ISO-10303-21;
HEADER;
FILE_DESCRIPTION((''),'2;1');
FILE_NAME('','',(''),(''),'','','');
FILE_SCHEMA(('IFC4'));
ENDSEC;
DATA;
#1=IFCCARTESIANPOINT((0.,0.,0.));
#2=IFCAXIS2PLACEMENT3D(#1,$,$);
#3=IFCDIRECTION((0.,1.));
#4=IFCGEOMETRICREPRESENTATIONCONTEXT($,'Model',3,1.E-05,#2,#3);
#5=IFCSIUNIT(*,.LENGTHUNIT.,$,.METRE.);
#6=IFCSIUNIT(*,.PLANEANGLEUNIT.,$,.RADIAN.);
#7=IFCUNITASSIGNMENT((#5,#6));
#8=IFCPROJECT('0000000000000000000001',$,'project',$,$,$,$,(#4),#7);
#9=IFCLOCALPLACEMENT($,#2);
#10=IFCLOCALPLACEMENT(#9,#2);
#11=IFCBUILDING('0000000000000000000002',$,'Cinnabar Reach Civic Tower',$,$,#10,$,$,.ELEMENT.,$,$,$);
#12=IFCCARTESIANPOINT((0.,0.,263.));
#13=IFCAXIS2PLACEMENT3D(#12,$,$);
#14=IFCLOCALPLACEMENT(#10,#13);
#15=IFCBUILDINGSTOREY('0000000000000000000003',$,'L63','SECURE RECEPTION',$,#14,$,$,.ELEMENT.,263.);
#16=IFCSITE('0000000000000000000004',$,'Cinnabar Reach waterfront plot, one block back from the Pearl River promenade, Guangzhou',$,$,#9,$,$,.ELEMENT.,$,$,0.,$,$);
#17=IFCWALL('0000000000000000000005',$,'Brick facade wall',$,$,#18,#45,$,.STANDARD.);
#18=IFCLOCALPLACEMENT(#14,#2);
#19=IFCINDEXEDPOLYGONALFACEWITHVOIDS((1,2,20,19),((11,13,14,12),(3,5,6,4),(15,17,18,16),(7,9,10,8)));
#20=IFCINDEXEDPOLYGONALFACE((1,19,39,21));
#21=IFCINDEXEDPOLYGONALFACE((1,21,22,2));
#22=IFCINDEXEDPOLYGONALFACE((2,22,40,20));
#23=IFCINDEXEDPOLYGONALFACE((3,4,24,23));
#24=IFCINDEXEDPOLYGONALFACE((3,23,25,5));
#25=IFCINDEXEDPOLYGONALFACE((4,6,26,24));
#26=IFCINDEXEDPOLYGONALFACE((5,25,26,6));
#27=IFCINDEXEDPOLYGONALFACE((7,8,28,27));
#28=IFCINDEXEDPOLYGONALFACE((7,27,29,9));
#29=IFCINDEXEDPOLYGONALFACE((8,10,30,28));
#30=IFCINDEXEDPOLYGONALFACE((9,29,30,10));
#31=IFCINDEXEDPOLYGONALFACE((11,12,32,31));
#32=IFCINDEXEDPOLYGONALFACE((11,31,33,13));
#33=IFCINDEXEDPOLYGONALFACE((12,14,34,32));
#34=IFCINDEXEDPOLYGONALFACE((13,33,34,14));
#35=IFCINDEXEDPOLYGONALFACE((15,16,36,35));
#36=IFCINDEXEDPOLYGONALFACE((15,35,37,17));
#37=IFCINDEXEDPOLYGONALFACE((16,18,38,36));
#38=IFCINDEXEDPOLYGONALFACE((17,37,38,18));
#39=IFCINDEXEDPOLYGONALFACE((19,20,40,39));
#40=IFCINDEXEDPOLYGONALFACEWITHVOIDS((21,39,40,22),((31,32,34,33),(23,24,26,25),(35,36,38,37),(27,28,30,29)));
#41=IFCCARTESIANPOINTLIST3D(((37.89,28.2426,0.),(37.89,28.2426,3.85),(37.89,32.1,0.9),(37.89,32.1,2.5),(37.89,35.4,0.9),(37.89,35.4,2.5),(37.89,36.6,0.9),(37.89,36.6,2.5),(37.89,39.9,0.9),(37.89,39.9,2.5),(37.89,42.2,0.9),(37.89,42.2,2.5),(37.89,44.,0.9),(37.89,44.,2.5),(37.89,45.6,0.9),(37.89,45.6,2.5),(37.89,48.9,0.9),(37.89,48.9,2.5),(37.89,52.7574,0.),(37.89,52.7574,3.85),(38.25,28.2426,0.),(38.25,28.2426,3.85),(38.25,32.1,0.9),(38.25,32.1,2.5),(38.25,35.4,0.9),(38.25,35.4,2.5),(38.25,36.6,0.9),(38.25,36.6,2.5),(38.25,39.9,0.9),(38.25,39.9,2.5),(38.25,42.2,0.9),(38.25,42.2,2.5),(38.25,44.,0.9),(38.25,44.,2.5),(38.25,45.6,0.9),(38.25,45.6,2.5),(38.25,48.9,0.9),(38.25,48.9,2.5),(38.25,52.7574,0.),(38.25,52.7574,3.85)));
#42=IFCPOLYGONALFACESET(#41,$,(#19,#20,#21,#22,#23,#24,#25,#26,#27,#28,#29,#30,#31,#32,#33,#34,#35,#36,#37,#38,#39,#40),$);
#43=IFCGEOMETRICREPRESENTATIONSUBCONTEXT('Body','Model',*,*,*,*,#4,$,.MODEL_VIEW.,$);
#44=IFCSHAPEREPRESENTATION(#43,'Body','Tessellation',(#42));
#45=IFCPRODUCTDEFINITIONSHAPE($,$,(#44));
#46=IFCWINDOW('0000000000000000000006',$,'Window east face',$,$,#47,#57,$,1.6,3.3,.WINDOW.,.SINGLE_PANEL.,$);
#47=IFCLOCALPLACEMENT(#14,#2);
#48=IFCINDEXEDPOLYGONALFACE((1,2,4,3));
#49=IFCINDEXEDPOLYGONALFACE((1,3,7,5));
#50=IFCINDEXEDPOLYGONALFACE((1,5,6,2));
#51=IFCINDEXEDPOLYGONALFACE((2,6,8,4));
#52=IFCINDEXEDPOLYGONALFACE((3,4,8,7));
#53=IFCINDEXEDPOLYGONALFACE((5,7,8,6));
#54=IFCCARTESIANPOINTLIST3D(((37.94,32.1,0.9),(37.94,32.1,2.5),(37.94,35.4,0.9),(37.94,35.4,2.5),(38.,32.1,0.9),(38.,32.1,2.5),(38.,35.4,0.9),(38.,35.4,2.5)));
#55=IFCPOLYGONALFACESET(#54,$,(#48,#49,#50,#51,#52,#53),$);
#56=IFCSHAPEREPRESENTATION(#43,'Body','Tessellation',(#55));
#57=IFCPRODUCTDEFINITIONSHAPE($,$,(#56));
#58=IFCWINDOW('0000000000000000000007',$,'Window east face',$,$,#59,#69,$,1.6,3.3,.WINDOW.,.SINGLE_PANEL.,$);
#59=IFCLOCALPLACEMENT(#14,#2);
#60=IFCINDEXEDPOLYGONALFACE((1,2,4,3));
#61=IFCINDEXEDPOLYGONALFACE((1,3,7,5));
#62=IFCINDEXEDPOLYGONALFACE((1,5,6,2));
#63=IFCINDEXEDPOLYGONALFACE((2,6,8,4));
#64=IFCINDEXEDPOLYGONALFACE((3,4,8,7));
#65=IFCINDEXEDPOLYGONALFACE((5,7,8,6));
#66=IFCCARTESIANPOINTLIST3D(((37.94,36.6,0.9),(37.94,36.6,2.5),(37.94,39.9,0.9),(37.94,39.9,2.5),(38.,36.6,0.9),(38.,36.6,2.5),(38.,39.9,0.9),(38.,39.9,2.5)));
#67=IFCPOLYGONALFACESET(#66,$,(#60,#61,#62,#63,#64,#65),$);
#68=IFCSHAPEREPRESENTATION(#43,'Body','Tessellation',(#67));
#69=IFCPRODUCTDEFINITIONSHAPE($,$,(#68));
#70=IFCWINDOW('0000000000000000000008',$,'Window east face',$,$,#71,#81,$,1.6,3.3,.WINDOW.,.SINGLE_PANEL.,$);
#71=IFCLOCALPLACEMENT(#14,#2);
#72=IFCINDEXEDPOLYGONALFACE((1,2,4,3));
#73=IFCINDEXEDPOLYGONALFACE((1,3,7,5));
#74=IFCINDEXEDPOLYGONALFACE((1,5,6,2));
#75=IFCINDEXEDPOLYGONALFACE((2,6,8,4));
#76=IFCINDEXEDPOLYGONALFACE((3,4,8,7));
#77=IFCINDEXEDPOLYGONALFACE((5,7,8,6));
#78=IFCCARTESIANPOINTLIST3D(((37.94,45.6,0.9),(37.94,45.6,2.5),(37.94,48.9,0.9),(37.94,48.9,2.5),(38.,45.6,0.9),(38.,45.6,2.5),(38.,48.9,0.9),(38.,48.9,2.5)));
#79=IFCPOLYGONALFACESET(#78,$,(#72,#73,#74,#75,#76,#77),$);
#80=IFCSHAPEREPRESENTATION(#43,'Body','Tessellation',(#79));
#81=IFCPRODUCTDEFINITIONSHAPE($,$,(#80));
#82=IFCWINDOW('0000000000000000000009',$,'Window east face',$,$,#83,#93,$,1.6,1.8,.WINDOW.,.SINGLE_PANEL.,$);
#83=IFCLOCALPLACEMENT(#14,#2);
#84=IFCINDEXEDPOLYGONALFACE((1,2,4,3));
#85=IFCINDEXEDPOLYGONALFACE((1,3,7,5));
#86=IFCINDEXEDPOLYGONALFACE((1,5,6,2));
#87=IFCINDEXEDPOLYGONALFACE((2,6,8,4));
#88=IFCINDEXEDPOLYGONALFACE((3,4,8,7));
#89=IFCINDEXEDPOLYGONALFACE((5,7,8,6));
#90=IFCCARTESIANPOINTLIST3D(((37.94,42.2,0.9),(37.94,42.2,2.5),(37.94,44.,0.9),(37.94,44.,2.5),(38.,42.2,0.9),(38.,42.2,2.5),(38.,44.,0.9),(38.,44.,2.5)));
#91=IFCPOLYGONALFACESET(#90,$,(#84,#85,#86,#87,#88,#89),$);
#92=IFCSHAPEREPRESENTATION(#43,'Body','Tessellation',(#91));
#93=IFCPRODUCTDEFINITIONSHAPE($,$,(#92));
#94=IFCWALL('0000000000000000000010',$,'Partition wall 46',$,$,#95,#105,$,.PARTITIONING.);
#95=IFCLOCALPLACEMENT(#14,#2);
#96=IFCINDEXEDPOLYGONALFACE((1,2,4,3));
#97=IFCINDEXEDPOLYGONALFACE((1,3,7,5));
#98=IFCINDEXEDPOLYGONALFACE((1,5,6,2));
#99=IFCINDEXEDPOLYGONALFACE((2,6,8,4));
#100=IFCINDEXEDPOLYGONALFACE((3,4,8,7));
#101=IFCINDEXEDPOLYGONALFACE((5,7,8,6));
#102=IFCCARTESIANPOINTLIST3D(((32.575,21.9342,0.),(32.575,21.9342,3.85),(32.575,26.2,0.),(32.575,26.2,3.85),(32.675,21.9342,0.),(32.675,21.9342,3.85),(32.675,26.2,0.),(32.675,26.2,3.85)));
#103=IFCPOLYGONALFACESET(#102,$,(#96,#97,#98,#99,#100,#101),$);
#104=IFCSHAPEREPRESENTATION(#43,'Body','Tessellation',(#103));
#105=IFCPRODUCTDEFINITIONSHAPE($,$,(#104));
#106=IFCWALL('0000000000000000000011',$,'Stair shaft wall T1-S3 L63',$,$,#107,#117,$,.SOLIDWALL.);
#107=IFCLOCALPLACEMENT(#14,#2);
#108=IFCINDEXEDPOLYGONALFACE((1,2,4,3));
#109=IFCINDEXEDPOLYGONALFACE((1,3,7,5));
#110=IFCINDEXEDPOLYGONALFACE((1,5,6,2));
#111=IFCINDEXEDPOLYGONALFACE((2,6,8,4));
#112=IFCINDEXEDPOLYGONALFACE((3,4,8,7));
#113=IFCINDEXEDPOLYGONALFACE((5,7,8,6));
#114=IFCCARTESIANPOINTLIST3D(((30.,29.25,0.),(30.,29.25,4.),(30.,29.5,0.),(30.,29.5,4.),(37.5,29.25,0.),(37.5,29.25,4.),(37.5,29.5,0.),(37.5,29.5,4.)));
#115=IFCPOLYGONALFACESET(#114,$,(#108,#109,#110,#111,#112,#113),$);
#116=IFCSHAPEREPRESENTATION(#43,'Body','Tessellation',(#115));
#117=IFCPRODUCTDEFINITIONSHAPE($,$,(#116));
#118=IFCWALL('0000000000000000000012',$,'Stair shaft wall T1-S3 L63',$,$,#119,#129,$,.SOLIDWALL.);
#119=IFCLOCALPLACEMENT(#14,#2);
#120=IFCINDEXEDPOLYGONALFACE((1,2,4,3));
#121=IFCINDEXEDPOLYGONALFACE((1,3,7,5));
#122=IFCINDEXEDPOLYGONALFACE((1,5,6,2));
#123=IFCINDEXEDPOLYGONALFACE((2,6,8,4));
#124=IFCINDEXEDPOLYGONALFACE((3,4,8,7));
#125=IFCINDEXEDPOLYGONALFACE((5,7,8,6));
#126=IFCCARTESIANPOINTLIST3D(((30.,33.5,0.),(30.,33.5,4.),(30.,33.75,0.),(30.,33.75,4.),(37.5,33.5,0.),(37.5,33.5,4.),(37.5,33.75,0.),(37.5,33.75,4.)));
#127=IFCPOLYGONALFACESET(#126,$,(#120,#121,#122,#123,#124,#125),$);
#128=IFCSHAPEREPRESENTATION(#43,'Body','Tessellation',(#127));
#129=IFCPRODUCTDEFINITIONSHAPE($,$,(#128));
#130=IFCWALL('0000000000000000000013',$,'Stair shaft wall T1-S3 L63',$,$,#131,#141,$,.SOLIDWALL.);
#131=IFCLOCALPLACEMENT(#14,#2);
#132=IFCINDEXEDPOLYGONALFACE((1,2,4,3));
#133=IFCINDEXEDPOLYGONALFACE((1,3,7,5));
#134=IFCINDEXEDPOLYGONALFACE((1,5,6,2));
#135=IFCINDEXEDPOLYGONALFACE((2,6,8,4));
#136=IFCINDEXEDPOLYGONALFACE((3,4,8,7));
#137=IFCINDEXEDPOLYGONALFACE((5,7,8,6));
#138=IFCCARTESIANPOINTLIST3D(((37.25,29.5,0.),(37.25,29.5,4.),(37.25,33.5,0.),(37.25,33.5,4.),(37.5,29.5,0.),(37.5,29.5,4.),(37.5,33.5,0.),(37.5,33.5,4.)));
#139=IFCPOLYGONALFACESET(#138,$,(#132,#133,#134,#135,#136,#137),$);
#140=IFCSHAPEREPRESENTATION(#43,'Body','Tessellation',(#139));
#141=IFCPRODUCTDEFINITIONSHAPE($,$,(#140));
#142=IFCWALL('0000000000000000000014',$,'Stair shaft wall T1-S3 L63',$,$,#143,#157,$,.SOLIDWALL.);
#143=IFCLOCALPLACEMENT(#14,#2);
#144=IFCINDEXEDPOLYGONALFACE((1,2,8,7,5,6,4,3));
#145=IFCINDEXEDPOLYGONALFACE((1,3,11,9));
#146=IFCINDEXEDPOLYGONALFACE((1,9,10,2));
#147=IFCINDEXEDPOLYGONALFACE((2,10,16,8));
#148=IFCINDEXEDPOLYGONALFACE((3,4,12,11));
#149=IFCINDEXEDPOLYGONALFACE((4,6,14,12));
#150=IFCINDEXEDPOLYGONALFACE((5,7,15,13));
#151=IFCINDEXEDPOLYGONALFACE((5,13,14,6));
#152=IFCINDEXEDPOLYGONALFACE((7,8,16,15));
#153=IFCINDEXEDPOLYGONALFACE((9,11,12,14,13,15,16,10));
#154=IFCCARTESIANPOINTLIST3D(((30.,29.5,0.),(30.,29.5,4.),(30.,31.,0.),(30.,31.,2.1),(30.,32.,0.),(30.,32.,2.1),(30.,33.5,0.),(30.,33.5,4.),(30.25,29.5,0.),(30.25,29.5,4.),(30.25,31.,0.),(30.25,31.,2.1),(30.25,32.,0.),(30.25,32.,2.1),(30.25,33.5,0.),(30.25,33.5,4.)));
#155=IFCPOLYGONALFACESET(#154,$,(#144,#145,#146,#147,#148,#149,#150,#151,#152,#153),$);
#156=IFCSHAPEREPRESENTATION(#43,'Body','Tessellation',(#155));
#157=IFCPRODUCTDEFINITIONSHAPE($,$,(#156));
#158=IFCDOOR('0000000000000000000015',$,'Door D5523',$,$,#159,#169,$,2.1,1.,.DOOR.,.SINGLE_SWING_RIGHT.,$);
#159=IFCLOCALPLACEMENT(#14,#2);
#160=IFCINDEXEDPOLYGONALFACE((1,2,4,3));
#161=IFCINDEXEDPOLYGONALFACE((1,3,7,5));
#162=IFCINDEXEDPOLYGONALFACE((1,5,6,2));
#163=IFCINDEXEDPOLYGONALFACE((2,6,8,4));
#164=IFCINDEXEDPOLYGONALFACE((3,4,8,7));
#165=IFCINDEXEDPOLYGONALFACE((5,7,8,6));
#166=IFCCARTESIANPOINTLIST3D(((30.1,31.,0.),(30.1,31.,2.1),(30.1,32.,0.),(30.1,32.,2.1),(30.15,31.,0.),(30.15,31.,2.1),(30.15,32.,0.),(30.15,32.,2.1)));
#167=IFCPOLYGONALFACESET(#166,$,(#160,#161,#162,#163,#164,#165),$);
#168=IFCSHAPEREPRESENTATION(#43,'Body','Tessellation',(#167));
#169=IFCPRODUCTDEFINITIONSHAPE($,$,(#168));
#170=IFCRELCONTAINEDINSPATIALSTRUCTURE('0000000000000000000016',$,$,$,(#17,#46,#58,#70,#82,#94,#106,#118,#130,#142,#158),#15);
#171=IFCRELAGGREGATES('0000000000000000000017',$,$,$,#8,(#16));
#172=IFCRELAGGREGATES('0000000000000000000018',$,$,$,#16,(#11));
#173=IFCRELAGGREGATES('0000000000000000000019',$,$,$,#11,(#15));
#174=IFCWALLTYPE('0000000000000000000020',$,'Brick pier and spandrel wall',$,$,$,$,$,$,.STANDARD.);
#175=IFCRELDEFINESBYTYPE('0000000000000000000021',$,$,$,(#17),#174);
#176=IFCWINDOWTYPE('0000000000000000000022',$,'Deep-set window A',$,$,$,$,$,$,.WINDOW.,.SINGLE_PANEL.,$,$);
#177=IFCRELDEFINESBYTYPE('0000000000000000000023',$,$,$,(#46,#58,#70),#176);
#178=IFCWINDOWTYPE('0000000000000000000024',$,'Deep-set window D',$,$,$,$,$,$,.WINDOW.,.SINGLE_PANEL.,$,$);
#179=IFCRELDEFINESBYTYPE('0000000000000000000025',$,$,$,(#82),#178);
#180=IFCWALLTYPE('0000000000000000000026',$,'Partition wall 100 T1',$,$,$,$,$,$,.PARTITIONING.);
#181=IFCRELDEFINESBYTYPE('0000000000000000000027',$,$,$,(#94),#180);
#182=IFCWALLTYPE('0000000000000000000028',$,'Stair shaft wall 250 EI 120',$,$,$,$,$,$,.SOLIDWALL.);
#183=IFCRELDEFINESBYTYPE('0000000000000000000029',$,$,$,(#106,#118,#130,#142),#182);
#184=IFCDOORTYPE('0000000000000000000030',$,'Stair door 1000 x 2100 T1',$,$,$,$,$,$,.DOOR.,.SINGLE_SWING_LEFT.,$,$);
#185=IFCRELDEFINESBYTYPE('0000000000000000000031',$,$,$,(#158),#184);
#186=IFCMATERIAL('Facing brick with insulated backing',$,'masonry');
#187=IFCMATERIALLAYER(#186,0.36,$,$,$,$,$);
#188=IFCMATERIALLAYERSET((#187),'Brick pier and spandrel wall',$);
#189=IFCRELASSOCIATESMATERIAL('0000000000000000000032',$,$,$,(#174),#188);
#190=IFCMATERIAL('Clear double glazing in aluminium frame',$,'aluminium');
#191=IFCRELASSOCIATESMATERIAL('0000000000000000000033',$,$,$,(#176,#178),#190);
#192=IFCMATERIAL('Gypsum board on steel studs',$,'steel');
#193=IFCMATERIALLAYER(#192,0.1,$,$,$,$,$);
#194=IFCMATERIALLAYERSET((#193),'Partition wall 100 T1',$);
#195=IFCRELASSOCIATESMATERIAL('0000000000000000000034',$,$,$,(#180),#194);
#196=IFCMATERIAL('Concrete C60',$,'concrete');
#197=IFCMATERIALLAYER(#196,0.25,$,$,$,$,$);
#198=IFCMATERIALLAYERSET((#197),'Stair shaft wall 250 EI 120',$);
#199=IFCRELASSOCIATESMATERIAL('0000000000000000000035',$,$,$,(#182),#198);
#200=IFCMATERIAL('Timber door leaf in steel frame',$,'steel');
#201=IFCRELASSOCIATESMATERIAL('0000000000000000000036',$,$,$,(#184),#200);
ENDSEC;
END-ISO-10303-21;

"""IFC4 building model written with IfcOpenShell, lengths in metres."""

from ifc_helpers import new_model, si_unit, direction, frame, frame_2d, origin, place, context, subcontext, project, spatial, rectangle, extrude, material, layer, layer_set, type_object, element, fill, save


model = new_model("IFC4")

# Units and contexts
model_context = context("Model", 3, precision=1e-05, world=origin(), true_north=direction((0.0, 1.0)))
body_context = subcontext(model_context, "Body", "Model", "MODEL_VIEW")
ifc_project = project(units=[si_unit("LENGTHUNIT", "METRE"), si_unit("PLANEANGLEUNIT", "RADIAN")], contexts=[model_context])

# Site, building, storey
site_placement = place(None, origin())
site = spatial("IfcSite", under=ifc_project, at=site_placement, Name="Cinnabar Reach waterfront plot, one block back from the Pearl River promenade, Guangzhou", CompositionType="ELEMENT", RefElevation=0.0)
building_placement = place(site_placement, origin())
building = spatial("IfcBuilding", under=site, at=building_placement, Name="Cinnabar Reach Civic Tower", CompositionType="ELEMENT")
storey_placement = place(building_placement, frame((0.0, 0.0, 263.0)))
storey = spatial("IfcBuildingStorey", under=building, at=storey_placement, Name="L63", Description="SECURE RECEPTION", CompositionType="ELEMENT", Elevation=263.0)

# Shared definitions
ifc_material_1 = material(Name="Concrete C60", Category="concrete")

# Shared definitions
ifc_material_2 = material(Name="Facing brick with insulated backing", Category="masonry")

# Shared definitions
ifc_layer_1 = layer(ifc_material_2, 0.36)
ifc_layer_set_1 = layer_set([ifc_layer_1], Name="Brick pier and spandrel wall")
wall_type_1 = type_object("IfcWallType", Name="Brick pier and spandrel wall", PredefinedType="STANDARD", material=ifc_layer_set_1)
ifc_material_3 = material(Name="Clear double glazing in aluminium frame", Category="aluminium")
window_type_1 = type_object("IfcWindowType", Name="Deep-set window A", PartitioningType="SINGLE_PANEL", PredefinedType="WINDOW", material=ifc_material_3)

# Wall, openings, windows
wall_1_placement = place(storey_placement, frame((38.07, 28.2426, 0.0), z_axis=(0.0, 0.0, 1.0), x_axis=(0.0, 1.0, 0.0)))
wall_1 = element("IfcWall", 1, at=wall_1_placement, inside=storey, type_object=wall_type_1, Name="Brick facade wall", PredefinedType="STANDARD", context=body_context, shape_type="SweptSolid", body=[
    extrude(rectangle(XDim=24.5148, YDim=0.36, at=frame_2d((12.2574, 0.0))), origin(), (0.0, 0.0, 1.0), 3.85),
])
opening_1_placement = place(wall_1_placement, frame((3.8574, 0.0, 0.9)))
opening_1 = element("IfcOpeningElement", 2, at=opening_1_placement, cuts=wall_1, PredefinedType="OPENING", context=body_context, shape_type="SweptSolid", body=[
    extrude(rectangle(XDim=3.3, YDim=1.6, at=frame_2d((1.65, 0.8))), frame((0.0, 0.19, 0.0), z_axis=(0.0, -1.0, 0.0), x_axis=(1.0, 0.0, 0.0)), (0.0, 0.0, 1.0), 0.38),
])
opening_2_placement = place(wall_1_placement, frame((8.3574, 0.0, 0.9)))
opening_2 = element("IfcOpeningElement", 3, at=opening_2_placement, cuts=wall_1, PredefinedType="OPENING", context=body_context, shape_type="SweptSolid", body=[
    extrude(rectangle(XDim=3.3, YDim=1.6, at=frame_2d((1.65, 0.8))), frame((0.0, 0.19, 0.0), z_axis=(0.0, -1.0, 0.0), x_axis=(1.0, 0.0, 0.0)), (0.0, 0.0, 1.0), 0.38),
])
opening_3_placement = place(wall_1_placement, frame((13.9574, 0.0, 0.9)))
opening_3 = element("IfcOpeningElement", 4, at=opening_3_placement, cuts=wall_1, PredefinedType="OPENING", context=body_context, shape_type="SweptSolid", body=[
    extrude(rectangle(XDim=1.8, YDim=1.6, at=frame_2d((0.9, 0.8))), frame((0.0, 0.19, 0.0), z_axis=(0.0, -1.0, 0.0), x_axis=(1.0, 0.0, 0.0)), (0.0, 0.0, 1.0), 0.38),
])
opening_4_placement = place(wall_1_placement, frame((17.3574, 0.0, 0.9)))
opening_4 = element("IfcOpeningElement", 5, at=opening_4_placement, cuts=wall_1, PredefinedType="OPENING", context=body_context, shape_type="SweptSolid", body=[
    extrude(rectangle(XDim=3.3, YDim=1.6, at=frame_2d((1.65, 0.8))), frame((0.0, 0.19, 0.0), z_axis=(0.0, -1.0, 0.0), x_axis=(1.0, 0.0, 0.0)), (0.0, 0.0, 1.0), 0.38),
])
window_1_placement = place(opening_1_placement, origin())
window_1 = element("IfcWindow", 6, at=window_1_placement, inside=storey, type_object=window_type_1, Name="Window east face", OverallHeight=1.6, OverallWidth=3.3, PartitioningType="SINGLE_PANEL", PredefinedType="WINDOW", context=body_context, shape_type="SweptSolid", body=[
    extrude(rectangle(XDim=3.3, YDim=1.6, at=frame_2d((1.65, 0.8))), frame((0.0, 0.13, 0.0), z_axis=(0.0, -1.0, 0.0), x_axis=(1.0, 0.0, 0.0)), (0.0, 0.0, 1.0), 0.06),
])
fill(opening_1, window_1)
window_2_placement = place(opening_2_placement, origin())
window_2 = element("IfcWindow", 7, at=window_2_placement, inside=storey, type_object=window_type_1, Name="Window east face", OverallHeight=1.6, OverallWidth=3.3, PartitioningType="SINGLE_PANEL", PredefinedType="WINDOW", context=body_context, shape_type="SweptSolid", body=[
    extrude(rectangle(XDim=3.3, YDim=1.6, at=frame_2d((1.65, 0.8))), frame((0.0, 0.13, 0.0), z_axis=(0.0, -1.0, 0.0), x_axis=(1.0, 0.0, 0.0)), (0.0, 0.0, 1.0), 0.06),
])
fill(opening_2, window_2)
window_3_placement = place(opening_4_placement, origin())
window_3 = element("IfcWindow", 8, at=window_3_placement, inside=storey, type_object=window_type_1, Name="Window east face", OverallHeight=1.6, OverallWidth=3.3, PartitioningType="SINGLE_PANEL", PredefinedType="WINDOW", context=body_context, shape_type="SweptSolid", body=[
    extrude(rectangle(XDim=3.3, YDim=1.6, at=frame_2d((1.65, 0.8))), frame((0.0, 0.13, 0.0), z_axis=(0.0, -1.0, 0.0), x_axis=(1.0, 0.0, 0.0)), (0.0, 0.0, 1.0), 0.06),
])
fill(opening_4, window_3)
window_type_2 = type_object("IfcWindowType", Name="Deep-set window D", PartitioningType="SINGLE_PANEL", PredefinedType="WINDOW", material=ifc_material_3)
window_4_placement = place(opening_3_placement, origin())
window_4 = element("IfcWindow", 9, at=window_4_placement, inside=storey, type_object=window_type_2, Name="Window east face", OverallHeight=1.6, OverallWidth=1.8, PartitioningType="SINGLE_PANEL", PredefinedType="WINDOW", context=body_context, shape_type="SweptSolid", body=[
    extrude(rectangle(XDim=1.8, YDim=1.6, at=frame_2d((0.9, 0.8))), frame((0.0, 0.13, 0.0), z_axis=(0.0, -1.0, 0.0), x_axis=(1.0, 0.0, 0.0)), (0.0, 0.0, 1.0), 0.06),
])
fill(opening_3, window_4)

# Walls
ifc_material_4 = material(Name="Gypsum board on steel studs", Category="steel")
ifc_layer_2 = layer(ifc_material_4, 0.1)
ifc_layer_set_2 = layer_set([ifc_layer_2], Name="Partition wall 100 T1")
wall_type_2 = type_object("IfcWallType", Name="Partition wall 100 T1", PredefinedType="PARTITIONING", material=ifc_layer_set_2)
wall_2_placement = place(storey_placement, frame((32.625, 21.9341, 0.0), z_axis=(0.0, 0.0, 1.0), x_axis=(0.0, 1.0, 0.0)))
element("IfcWall", 10, at=wall_2_placement, inside=storey, type_object=wall_type_2, Name="Partition wall 46", PredefinedType="PARTITIONING", context=body_context, shape_type="SweptSolid", body=[
    extrude(rectangle(XDim=4.2659, YDim=0.1, at=frame_2d((2.133, 0.0))), origin(), (0.0, 0.0, 1.0), 3.85),
])
ifc_layer_3 = layer(ifc_material_1, 0.25)
ifc_layer_set_3 = layer_set([ifc_layer_3], Name="Stair shaft wall 250 EI 120")
wall_type_3 = type_object("IfcWallType", Name="Stair shaft wall 250 EI 120", PredefinedType="SOLIDWALL", material=ifc_layer_set_3)
for number, where, z_axis, x_axis, name in (
    (11, (30.0, 29.375, 0.0), (0.0, 0.0, 1.0), (1.0, 0.0, 0.0), "Stair shaft wall T1-S3 L63"),
    (12, (37.5, 33.625, 0.0), (0.0, 0.0, 1.0), (-1.0, 0.0, 0.0), "Stair shaft wall T1-S3 L63"),
):
    element("IfcWall", number, at=place(storey_placement, frame(where, z_axis=z_axis, x_axis=x_axis)), inside=storey, type_object=wall_type_3, Name=name, PredefinedType="SOLIDWALL", context=body_context, shape_type="SweptSolid", body=[
        extrude(rectangle(XDim=7.5, YDim=0.25, at=frame_2d((3.75, 0.0))), origin(), (0.0, 0.0, 1.0), 4.0),
    ])
wall_3_placement = place(storey_placement, frame((37.375, 29.5, 0.0), z_axis=(0.0, 0.0, 1.0), x_axis=(0.0, 1.0, 0.0)))
element("IfcWall", 13, at=wall_3_placement, inside=storey, type_object=wall_type_3, Name="Stair shaft wall T1-S3 L63", PredefinedType="SOLIDWALL", context=body_context, shape_type="SweptSolid", body=[
    extrude(rectangle(XDim=4.0, YDim=0.25, at=frame_2d((2.0, 0.0))), origin(), (0.0, 0.0, 1.0), 4.0),
])

# Wall, opening, door
wall_4_placement = place(storey_placement, frame((30.125, 33.5, 0.0), z_axis=(0.0, 0.0, 1.0), x_axis=(0.0, -1.0, 0.0)))
wall_4 = element("IfcWall", 14, at=wall_4_placement, inside=storey, type_object=wall_type_3, Name="Stair shaft wall T1-S3 L63", PredefinedType="SOLIDWALL", context=body_context, shape_type="SweptSolid", body=[
    extrude(rectangle(XDim=4.0, YDim=0.25, at=frame_2d((2.0, 0.0))), origin(), (0.0, 0.0, 1.0), 4.0),
])
opening_5_placement = place(wall_4_placement, frame((1.5, 0.0, 0.0)))
opening_5 = element("IfcOpeningElement", 15, at=opening_5_placement, cuts=wall_4, PredefinedType="OPENING", context=body_context, shape_type="SweptSolid", body=[
    extrude(rectangle(XDim=1.0, YDim=2.1, at=frame_2d((0.5, 1.05))), frame((0.0, 0.135, 0.0), z_axis=(0.0, -1.0, 0.0), x_axis=(1.0, 0.0, 0.0)), (0.0, 0.0, 1.0), 0.27),
])
ifc_material_5 = material(Name="Timber door leaf in steel frame", Category="steel")
door_type = type_object("IfcDoorType", Name="Stair door 1000 x 2100 T1", OperationType="SINGLE_SWING_LEFT", PredefinedType="DOOR", material=ifc_material_5)
door_placement = place(opening_5_placement, origin())
door = element("IfcDoor", 16, at=door_placement, inside=storey, type_object=door_type, Name="Door D5523", OperationType="SINGLE_SWING_RIGHT", OverallHeight=2.1, OverallWidth=1.0, PredefinedType="DOOR", context=body_context, shape_type="SweptSolid", body=[
    extrude(rectangle(XDim=1.0, YDim=2.1, at=frame_2d((0.5, 1.05))), frame((0.0, 0.025, 0.0), z_axis=(0.0, -1.0, 0.0), x_axis=(1.0, 0.0, 0.0)), (0.0, 0.0, 1.0), 0.05),
])
fill(opening_5, door)

save(model, "model.ifc")
